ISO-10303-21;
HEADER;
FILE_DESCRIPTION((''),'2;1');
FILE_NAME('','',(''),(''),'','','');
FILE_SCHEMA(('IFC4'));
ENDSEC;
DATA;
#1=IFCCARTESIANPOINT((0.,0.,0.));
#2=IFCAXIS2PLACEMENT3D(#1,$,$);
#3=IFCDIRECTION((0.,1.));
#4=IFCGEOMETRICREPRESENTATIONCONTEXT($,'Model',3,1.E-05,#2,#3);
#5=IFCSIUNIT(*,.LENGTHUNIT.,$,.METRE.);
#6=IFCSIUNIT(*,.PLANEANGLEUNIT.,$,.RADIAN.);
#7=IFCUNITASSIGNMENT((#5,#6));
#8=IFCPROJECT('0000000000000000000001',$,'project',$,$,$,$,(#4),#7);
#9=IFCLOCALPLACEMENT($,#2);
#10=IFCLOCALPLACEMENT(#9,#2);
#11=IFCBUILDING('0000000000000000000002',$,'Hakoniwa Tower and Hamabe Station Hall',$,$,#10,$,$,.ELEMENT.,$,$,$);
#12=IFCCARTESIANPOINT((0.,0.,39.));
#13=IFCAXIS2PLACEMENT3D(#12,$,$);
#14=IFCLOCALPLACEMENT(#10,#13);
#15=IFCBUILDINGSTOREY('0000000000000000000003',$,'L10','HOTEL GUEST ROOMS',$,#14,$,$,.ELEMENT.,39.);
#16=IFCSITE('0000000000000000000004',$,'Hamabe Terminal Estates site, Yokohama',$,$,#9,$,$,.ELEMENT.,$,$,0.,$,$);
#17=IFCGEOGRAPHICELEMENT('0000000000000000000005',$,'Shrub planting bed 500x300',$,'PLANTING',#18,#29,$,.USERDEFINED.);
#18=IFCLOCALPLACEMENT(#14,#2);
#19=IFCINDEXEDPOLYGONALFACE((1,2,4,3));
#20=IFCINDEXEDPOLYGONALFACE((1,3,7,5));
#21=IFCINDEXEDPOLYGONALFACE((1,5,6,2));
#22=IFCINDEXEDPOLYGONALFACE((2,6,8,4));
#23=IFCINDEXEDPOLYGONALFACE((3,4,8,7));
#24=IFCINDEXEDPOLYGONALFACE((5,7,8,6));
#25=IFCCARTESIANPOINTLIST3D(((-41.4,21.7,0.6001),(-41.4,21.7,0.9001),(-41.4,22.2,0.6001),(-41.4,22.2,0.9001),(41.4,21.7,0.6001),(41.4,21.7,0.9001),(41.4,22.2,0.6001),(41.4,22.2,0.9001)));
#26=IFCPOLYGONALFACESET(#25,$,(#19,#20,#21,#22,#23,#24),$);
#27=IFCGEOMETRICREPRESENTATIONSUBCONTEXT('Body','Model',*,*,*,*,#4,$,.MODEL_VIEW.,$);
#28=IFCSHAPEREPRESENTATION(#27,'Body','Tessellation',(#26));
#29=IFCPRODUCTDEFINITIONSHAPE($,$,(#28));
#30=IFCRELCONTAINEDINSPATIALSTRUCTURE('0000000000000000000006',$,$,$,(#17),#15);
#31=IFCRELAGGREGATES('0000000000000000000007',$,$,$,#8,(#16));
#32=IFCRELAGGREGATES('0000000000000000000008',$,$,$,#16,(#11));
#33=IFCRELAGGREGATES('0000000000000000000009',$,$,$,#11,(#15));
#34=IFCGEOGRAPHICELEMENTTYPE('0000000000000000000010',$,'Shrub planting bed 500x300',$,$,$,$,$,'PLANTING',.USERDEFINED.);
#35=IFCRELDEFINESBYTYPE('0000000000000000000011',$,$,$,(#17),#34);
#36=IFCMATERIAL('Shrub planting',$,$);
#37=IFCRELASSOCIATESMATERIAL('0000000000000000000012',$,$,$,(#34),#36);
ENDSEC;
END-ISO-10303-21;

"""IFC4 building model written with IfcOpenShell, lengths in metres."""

from ifc_helpers import new_model, si_unit, direction, frame, origin, origin_2d, place, context, subcontext, project, spatial, rectangle, extrude, material, type_object, element, save


model = new_model("IFC4")

# Units and contexts
model_context = context("Model", 3, precision=1e-05, world=origin(), true_north=direction((0.0, 1.0)))
body_context = subcontext(model_context, "Body", "Model", "MODEL_VIEW")
ifc_project = project(units=[si_unit("LENGTHUNIT", "METRE"), si_unit("PLANEANGLEUNIT", "RADIAN")], contexts=[model_context])

# Site, building, storey
site_placement = place(None, origin())
site = spatial("IfcSite", under=ifc_project, at=site_placement, Name="Hamabe Terminal Estates site, Yokohama", CompositionType="ELEMENT", RefElevation=0.0)
building_placement = place(site_placement, origin())
building = spatial("IfcBuilding", under=site, at=building_placement, Name="Hakoniwa Tower and Hamabe Station Hall", CompositionType="ELEMENT")
storey_placement = place(building_placement, frame((0.0, 0.0, 39.0)))
storey = spatial("IfcBuildingStorey", under=building, at=storey_placement, Name="L10", Description="HOTEL GUEST ROOMS", CompositionType="ELEMENT", Elevation=39.0)

# Geographic element
ifc_material_1 = material(Name="Shrub planting")
geographic_element_type = type_object("IfcGeographicElementType", Name="Shrub planting bed 500x300", ElementType="PLANTING", PredefinedType="USERDEFINED", material=ifc_material_1)
geographic_element_placement = place(storey_placement, frame((0.0, 21.95, 0.6001), z_axis=(0.0, 0.0, 1.0), x_axis=(1.0, 0.0, 0.0)))
element("IfcGeographicElement", 1, at=geographic_element_placement, inside=storey, type_object=geographic_element_type, Name="Shrub planting bed 500x300", ObjectType="PLANTING", PredefinedType="USERDEFINED", context=body_context, shape_type="SweptSolid", body=[
    extrude(rectangle(XDim=82.8, YDim=0.5, at=origin_2d()), origin(), (0.0, 0.0, 1.0), 0.3),
])

save(model, "model.ifc")
